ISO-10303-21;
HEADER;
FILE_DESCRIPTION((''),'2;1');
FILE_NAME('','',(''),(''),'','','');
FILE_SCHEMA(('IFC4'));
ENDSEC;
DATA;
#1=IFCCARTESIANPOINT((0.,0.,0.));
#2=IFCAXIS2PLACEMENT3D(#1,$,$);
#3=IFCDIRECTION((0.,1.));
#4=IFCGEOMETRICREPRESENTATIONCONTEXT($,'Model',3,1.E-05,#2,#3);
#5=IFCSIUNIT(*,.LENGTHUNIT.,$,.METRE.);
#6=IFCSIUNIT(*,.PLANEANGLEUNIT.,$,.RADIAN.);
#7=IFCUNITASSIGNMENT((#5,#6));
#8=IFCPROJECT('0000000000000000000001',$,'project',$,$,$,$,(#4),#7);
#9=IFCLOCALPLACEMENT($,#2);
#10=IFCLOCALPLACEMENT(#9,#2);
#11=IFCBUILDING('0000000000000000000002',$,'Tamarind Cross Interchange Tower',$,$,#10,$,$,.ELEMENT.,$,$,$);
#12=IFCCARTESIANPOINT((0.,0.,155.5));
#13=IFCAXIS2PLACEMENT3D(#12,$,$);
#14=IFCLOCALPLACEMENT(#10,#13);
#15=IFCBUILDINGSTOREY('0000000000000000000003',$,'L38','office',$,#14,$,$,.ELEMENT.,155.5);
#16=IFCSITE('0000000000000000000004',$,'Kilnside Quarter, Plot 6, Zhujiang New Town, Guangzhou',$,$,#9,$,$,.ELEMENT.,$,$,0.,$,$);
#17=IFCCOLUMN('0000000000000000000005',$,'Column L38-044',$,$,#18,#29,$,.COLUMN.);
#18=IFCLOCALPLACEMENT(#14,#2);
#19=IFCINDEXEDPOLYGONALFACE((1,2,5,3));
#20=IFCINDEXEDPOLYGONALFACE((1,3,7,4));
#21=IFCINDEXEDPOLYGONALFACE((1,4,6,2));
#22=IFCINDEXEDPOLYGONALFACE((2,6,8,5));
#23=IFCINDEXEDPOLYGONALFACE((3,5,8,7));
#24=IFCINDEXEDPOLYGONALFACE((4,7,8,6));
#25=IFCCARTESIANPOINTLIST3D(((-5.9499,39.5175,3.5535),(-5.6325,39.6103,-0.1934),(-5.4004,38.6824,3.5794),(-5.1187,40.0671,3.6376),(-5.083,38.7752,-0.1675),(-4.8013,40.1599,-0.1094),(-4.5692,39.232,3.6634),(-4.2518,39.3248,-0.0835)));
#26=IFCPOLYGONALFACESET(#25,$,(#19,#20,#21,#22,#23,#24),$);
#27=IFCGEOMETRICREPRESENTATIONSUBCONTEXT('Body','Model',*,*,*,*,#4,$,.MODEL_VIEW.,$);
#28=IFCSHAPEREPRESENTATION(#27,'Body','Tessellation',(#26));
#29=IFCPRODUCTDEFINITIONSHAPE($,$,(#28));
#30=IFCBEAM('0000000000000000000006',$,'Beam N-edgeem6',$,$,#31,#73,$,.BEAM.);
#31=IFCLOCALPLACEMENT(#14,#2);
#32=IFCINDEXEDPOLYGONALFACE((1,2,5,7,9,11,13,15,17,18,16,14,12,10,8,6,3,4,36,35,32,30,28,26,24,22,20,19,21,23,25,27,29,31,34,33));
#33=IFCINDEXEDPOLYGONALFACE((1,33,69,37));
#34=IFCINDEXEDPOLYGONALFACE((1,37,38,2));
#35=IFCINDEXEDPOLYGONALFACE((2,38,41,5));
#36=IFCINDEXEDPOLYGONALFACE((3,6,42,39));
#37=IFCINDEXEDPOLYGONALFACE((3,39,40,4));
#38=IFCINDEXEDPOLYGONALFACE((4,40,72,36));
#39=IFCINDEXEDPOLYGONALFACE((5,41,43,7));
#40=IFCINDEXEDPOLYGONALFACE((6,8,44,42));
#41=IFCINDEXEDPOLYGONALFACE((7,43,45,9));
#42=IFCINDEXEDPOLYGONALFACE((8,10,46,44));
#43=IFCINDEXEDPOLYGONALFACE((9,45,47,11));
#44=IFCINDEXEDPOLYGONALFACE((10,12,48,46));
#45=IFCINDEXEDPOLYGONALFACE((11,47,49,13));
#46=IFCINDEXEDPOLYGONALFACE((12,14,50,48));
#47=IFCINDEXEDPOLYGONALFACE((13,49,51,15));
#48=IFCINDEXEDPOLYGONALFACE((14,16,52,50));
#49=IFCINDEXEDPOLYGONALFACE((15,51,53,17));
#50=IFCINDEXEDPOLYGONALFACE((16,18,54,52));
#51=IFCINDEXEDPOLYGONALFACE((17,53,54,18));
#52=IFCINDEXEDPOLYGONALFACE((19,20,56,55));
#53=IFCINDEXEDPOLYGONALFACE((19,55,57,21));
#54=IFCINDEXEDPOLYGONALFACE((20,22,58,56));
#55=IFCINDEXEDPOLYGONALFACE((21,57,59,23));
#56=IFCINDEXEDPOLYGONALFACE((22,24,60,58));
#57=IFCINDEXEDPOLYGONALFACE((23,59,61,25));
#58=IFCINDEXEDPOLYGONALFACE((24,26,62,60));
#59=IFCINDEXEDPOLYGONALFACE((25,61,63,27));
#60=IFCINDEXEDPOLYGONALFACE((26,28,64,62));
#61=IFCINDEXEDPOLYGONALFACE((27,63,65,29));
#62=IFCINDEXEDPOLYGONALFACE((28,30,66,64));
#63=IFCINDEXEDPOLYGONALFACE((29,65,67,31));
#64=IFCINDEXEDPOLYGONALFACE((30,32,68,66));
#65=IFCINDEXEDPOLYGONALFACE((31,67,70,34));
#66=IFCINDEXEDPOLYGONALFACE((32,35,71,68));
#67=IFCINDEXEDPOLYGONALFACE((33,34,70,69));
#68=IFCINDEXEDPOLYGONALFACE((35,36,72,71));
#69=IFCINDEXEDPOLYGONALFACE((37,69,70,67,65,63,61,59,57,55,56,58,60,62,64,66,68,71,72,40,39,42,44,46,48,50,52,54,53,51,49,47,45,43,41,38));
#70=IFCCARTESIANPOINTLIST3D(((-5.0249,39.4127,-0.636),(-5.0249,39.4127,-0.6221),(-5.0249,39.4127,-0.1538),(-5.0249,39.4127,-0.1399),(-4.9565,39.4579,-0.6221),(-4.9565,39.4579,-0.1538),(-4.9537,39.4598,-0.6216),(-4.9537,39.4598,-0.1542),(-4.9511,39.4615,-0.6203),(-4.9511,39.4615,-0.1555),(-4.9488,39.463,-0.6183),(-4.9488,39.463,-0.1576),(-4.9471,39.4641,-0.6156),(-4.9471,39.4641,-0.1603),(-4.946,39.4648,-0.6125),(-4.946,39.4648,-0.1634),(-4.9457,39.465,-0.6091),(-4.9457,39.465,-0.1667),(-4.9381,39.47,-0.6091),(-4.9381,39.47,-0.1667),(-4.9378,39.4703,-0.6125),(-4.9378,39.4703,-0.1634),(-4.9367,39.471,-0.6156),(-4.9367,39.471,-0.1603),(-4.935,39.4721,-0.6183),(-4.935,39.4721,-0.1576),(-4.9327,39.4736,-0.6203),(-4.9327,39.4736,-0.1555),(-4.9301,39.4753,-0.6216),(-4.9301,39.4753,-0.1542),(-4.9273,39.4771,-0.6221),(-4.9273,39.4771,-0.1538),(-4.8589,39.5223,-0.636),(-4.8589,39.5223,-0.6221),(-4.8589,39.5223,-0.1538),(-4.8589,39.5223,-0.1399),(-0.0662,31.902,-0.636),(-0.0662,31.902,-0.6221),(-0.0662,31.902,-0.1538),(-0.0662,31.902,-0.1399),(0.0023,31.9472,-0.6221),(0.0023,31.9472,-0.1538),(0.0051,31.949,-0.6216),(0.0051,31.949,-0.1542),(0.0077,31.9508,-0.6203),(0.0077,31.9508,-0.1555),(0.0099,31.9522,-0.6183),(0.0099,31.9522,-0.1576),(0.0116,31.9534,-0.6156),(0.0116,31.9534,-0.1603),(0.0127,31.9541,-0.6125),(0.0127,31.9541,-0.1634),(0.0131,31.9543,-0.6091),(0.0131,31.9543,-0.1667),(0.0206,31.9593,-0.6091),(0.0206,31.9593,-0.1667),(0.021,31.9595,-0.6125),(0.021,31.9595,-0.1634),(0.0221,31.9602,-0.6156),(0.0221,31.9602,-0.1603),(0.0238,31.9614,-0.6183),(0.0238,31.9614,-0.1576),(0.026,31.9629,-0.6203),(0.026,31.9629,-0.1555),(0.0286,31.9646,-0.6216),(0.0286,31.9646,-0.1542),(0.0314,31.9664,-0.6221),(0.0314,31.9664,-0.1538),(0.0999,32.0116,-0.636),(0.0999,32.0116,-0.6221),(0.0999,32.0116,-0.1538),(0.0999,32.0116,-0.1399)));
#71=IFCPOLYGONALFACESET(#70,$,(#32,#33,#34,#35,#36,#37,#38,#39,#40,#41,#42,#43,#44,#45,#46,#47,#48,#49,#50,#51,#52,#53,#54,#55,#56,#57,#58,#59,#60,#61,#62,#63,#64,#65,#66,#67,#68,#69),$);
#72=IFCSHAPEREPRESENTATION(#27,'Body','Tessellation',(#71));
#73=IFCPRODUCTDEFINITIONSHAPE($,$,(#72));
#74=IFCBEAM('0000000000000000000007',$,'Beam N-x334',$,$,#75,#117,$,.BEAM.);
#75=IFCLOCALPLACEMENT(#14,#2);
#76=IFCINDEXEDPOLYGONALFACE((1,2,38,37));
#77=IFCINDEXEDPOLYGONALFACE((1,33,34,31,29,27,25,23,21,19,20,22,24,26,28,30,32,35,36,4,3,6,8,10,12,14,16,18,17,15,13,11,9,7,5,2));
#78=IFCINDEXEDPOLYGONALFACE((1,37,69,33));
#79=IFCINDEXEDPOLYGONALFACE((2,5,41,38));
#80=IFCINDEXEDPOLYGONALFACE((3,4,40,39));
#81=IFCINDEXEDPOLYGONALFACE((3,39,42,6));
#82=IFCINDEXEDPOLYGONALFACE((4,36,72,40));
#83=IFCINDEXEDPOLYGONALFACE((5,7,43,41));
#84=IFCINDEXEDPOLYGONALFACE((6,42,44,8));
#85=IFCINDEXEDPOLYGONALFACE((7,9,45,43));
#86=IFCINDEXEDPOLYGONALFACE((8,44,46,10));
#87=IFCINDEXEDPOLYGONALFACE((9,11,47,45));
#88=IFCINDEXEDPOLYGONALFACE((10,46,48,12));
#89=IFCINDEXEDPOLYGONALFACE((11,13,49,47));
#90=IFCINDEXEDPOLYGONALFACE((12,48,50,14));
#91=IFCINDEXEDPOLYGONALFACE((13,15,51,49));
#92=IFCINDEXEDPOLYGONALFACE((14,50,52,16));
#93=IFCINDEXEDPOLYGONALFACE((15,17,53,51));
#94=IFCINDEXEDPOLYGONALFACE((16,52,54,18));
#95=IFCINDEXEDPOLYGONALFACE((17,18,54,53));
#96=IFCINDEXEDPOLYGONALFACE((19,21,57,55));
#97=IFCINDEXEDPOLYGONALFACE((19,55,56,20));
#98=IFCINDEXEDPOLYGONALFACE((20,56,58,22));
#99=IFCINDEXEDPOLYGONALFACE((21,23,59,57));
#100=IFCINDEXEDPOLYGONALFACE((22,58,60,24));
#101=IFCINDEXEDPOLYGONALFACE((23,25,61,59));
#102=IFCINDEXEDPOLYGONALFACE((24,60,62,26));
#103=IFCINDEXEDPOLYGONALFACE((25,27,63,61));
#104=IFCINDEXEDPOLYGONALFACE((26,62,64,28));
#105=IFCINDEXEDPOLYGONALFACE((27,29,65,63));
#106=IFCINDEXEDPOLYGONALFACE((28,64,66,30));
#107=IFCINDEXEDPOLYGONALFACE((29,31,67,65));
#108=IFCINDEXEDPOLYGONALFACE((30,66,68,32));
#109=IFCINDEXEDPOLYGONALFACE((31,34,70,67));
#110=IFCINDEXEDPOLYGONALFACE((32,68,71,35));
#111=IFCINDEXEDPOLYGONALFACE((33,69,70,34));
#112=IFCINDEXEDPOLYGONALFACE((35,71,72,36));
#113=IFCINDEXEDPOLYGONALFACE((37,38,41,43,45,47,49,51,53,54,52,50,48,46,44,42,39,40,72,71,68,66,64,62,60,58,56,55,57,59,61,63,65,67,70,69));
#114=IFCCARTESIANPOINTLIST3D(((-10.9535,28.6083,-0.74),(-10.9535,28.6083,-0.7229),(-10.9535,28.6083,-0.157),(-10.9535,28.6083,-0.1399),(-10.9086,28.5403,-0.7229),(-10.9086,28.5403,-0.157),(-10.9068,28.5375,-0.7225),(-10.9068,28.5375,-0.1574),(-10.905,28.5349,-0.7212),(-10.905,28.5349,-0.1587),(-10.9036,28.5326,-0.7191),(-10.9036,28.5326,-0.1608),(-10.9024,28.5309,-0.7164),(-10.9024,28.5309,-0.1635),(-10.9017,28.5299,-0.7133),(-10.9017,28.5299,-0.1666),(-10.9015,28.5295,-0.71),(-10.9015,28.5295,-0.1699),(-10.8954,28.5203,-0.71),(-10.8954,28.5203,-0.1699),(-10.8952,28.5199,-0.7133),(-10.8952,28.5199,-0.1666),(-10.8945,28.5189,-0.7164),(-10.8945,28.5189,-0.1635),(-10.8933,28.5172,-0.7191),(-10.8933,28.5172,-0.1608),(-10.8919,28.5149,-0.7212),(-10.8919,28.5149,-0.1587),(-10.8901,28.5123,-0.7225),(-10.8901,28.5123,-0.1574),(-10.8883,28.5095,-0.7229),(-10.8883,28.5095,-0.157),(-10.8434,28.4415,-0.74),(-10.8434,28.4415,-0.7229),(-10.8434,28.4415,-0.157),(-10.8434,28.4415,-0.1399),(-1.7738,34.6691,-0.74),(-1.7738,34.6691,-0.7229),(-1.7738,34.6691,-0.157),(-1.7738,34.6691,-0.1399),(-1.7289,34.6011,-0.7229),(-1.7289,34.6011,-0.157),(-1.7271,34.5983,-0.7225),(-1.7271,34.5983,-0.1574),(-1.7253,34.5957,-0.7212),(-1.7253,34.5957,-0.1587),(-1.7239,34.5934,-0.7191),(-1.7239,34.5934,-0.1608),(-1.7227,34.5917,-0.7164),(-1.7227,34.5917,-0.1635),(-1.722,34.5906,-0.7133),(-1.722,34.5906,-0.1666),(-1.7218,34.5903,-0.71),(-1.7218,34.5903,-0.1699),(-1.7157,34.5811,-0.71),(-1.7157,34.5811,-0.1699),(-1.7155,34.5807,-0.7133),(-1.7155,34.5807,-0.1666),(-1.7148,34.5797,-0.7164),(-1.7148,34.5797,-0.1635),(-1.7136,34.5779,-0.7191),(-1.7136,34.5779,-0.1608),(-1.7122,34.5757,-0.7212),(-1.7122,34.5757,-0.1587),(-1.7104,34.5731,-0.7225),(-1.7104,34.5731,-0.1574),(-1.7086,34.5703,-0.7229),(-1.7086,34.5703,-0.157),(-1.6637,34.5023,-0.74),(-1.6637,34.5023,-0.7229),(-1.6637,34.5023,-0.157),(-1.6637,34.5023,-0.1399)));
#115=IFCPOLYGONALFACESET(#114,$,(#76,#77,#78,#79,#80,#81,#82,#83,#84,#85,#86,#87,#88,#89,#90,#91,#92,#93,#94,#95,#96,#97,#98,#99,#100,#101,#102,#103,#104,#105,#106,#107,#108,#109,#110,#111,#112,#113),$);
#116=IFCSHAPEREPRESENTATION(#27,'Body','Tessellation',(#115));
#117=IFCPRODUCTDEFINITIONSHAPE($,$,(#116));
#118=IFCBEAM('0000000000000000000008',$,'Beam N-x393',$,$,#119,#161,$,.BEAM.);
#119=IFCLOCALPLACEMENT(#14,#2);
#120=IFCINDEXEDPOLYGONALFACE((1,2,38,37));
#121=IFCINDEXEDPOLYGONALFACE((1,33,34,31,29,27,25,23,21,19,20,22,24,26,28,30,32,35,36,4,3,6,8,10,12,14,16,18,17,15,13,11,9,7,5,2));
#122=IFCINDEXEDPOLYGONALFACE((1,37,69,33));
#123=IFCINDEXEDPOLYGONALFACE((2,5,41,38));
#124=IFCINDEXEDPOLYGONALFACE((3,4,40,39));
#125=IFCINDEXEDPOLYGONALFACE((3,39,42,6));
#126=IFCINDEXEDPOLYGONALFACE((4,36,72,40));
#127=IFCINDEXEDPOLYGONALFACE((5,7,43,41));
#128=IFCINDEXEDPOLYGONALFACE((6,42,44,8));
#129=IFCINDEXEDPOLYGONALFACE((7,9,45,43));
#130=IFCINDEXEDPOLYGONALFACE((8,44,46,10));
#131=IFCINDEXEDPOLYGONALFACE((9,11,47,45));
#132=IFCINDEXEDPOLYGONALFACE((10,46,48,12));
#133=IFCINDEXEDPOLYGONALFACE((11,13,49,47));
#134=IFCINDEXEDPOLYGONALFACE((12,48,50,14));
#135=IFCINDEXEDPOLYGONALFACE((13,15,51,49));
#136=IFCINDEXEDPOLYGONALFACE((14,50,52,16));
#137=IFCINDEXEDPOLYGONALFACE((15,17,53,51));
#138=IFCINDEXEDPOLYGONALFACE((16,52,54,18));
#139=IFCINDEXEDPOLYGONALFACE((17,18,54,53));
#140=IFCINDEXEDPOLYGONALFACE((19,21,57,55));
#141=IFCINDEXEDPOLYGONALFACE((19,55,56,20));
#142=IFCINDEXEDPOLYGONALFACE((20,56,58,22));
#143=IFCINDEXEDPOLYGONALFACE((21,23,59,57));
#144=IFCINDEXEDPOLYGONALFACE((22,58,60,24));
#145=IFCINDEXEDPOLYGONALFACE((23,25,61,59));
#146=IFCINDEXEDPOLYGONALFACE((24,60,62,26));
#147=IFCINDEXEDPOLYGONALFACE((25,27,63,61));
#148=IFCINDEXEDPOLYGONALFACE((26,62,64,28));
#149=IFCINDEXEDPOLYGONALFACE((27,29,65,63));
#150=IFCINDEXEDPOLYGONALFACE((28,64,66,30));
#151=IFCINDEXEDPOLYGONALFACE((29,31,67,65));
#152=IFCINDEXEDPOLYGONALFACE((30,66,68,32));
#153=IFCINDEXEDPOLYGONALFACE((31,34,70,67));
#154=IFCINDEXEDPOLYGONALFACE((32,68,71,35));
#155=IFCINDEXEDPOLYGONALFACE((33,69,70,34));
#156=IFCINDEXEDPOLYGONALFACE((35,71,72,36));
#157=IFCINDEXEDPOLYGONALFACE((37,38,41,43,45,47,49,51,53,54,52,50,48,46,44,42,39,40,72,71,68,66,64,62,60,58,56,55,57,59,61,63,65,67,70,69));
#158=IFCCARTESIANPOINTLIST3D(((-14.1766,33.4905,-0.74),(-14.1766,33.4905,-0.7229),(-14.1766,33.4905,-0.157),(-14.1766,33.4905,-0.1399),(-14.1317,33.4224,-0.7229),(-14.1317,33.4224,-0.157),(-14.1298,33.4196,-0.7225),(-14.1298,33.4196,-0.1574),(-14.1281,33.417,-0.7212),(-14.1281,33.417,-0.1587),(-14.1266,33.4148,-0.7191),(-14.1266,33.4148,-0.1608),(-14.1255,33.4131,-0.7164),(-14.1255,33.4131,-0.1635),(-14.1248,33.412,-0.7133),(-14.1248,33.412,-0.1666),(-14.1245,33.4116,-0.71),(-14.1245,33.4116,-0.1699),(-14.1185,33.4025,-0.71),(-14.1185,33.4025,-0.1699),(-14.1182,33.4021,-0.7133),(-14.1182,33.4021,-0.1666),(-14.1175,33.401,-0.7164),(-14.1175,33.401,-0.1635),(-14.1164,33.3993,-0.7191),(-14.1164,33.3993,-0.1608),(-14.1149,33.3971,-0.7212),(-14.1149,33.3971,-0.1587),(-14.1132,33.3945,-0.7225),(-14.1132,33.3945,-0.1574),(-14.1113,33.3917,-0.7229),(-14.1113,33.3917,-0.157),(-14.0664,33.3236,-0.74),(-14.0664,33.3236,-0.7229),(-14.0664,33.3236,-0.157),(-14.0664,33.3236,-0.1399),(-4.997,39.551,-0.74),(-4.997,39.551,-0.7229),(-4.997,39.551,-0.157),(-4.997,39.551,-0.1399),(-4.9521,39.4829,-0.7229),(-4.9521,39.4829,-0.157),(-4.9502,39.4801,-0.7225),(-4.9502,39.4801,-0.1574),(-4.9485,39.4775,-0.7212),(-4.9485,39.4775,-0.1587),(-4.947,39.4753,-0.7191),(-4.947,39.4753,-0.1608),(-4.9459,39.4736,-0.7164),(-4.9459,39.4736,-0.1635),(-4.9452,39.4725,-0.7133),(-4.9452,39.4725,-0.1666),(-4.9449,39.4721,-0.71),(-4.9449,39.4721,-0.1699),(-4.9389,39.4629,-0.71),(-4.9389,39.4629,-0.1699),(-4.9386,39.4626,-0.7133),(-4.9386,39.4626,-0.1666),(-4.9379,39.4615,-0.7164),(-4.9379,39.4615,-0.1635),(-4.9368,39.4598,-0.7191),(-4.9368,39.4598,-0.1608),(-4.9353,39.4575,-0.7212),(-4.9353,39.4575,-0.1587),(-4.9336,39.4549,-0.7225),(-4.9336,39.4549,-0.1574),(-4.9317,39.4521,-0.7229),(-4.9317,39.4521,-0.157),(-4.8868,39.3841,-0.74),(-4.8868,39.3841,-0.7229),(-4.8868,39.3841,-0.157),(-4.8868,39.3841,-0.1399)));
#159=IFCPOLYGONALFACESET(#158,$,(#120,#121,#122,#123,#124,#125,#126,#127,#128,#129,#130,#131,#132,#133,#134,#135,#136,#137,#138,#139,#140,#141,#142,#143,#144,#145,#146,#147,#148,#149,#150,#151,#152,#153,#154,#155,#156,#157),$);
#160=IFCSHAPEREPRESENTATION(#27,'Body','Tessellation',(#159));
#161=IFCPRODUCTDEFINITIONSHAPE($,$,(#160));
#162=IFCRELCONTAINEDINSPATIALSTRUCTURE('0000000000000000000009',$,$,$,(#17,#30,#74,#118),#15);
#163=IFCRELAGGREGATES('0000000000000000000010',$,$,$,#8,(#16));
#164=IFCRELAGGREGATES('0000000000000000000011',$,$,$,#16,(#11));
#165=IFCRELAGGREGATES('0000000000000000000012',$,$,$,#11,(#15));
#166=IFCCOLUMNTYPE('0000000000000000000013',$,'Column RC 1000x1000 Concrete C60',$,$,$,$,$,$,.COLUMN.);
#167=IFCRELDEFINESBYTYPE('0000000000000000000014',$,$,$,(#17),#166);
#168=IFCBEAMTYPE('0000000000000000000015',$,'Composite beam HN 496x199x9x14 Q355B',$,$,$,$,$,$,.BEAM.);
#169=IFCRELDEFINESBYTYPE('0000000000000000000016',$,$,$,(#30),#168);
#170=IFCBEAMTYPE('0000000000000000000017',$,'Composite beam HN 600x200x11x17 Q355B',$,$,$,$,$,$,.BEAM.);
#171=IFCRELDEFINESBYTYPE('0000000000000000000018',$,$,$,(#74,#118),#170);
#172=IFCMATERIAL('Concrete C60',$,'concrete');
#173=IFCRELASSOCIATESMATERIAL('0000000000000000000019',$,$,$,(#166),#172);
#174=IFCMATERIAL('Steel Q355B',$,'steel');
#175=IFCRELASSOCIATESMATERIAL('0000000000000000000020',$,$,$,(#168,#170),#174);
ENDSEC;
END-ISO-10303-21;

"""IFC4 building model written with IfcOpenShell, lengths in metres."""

from ifc_helpers import new_model, si_unit, direction, frame, origin, origin_2d, place, context, subcontext, project, spatial, rectangle, i_section, extrude, material, material_profile, profile_set, type_object, element, save


model = new_model("IFC4")

# Units and contexts
model_context = context("Model", 3, precision=1e-05, world=origin(), true_north=direction((0.0, 1.0)))
body_context = subcontext(model_context, "Body", "Model", "MODEL_VIEW")
ifc_project = project(units=[si_unit("LENGTHUNIT", "METRE"), si_unit("PLANEANGLEUNIT", "RADIAN")], contexts=[model_context])

# Site, building, storey
site_placement = place(None, origin())
site = spatial("IfcSite", under=ifc_project, at=site_placement, Name="Kilnside Quarter, Plot 6, Zhujiang New Town, Guangzhou", CompositionType="ELEMENT", RefElevation=0.0)
building_placement = place(site_placement, origin())
building = spatial("IfcBuilding", under=site, at=building_placement, Name="Tamarind Cross Interchange Tower", CompositionType="ELEMENT")
storey_placement = place(building_placement, frame((0.0, 0.0, 155.5)))
storey = spatial("IfcBuildingStorey", under=building, at=storey_placement, Name="L38", Description="office", CompositionType="ELEMENT", Elevation=155.5)

# Column
ifc_material_1 = material(Name="Concrete C60", Category="concrete")
ifc_material_profile_1 = material_profile(ifc_material_1, rectangle(XDim=1.0, YDim=1.0, at=origin_2d()), Name="RC 1000x1000")
ifc_profile_set_1 = profile_set([ifc_material_profile_1], Name="Concrete C60")
column_type = type_object("IfcColumnType", Name="Column RC 1000x1000 Concrete C60", PredefinedType="COLUMN", material=ifc_profile_set_1)
column_placement = place(storey_placement, frame((-4.9421, 39.4675, -0.1384), z_axis=(-0.084379, -0.024665, 0.996128), x_axis=(0.549505, -0.83509, 0.02587)))
element("IfcColumn", 1, at=column_placement, inside=storey, type_object=column_type, Name="Column L38-044", PredefinedType="COLUMN", context=body_context, shape_type="SweptSolid", body=[
    extrude(rectangle(XDim=1.0, YDim=1.0, at=origin_2d()), origin(), (0.0, 0.0, 1.0), 3.7615),
])

# Beams
ifc_material_2 = material(Name="Steel Q355B", Category="steel")
ifc_material_profile_2 = material_profile(ifc_material_2, i_section(OverallWidth=0.199, OverallDepth=0.4961, WebThickness=0.009, FlangeThickness=0.0139, FilletRadius=0.0129, at=origin_2d()), Name="HN 496x199x9x14")
ifc_profile_set_2 = profile_set([ifc_material_profile_2], Name="Steel Q355B")
beam_type_1 = type_object("IfcBeamType", Name="Composite beam HN 496x199x9x14 Q355B", PredefinedType="BEAM", material=ifc_profile_set_2)
beam_1_placement = place(storey_placement, frame((-4.9419, 39.4675, -0.3879), z_axis=(0.55097, -0.834525, 0.0), x_axis=(0.834525, 0.55097, 0.0)))
element("IfcBeam", 2, at=beam_1_placement, inside=storey, type_object=beam_type_1, Name="Beam N-edgeem6", PredefinedType="BEAM", context=body_context, shape_type="SweptSolid", body=[
    extrude(i_section(OverallWidth=0.199, OverallDepth=0.4961, WebThickness=0.009, FlangeThickness=0.0139, FilletRadius=0.0129, at=origin_2d()), origin(), (0.0, 0.0, 1.0), 9.0),
])
ifc_material_profile_3 = material_profile(ifc_material_2, i_section(OverallWidth=0.2, OverallDepth=0.6001, WebThickness=0.011, FlangeThickness=0.0171, FilletRadius=0.0129, at=origin_2d()), Name="HN 600x200x11x17")
ifc_profile_set_3 = profile_set([ifc_material_profile_3], Name="Steel Q355B")
beam_type_2 = type_object("IfcBeamType", Name="Composite beam HN 600x200x11x17 Q355B", PredefinedType="BEAM", material=ifc_profile_set_3)
beam_2_placement = place(storey_placement, frame((-1.7188, 34.5857, -0.4399), z_axis=(-0.834518, -0.550981, 0.0), x_axis=(0.550981, -0.834518, 0.0)))
element("IfcBeam", 3, at=beam_2_placement, inside=storey, type_object=beam_type_2, Name="Beam N-x334", PredefinedType="BEAM", context=body_context, shape_type="SweptSolid", body=[
    extrude(i_section(OverallWidth=0.2, OverallDepth=0.6001, WebThickness=0.011, FlangeThickness=0.0171, FilletRadius=0.0129, at=origin_2d()), origin(), (0.0, 0.0, 1.0), 11.0),
])
for number, where, z_axis, x_axis, name in (
    (4, (-4.9419, 39.4675, -0.4399), (-0.834528, -0.550966, 0.0), (0.550966, -0.834528, 0.0), "Beam N-x393"),
):
    element("IfcBeam", number, at=place(storey_placement, frame(where, z_axis=z_axis, x_axis=x_axis)), inside=storey, type_object=beam_type_2, Name=name, PredefinedType="BEAM", context=body_context, shape_type="SweptSolid", body=[
        extrude(i_section(OverallWidth=0.2, OverallDepth=0.6001, WebThickness=0.011, FlangeThickness=0.0171, FilletRadius=0.0129, at=origin_2d()), origin(), (0.0, 0.0, 1.0), 10.9998),
    ])

save(model, "model.ifc")
